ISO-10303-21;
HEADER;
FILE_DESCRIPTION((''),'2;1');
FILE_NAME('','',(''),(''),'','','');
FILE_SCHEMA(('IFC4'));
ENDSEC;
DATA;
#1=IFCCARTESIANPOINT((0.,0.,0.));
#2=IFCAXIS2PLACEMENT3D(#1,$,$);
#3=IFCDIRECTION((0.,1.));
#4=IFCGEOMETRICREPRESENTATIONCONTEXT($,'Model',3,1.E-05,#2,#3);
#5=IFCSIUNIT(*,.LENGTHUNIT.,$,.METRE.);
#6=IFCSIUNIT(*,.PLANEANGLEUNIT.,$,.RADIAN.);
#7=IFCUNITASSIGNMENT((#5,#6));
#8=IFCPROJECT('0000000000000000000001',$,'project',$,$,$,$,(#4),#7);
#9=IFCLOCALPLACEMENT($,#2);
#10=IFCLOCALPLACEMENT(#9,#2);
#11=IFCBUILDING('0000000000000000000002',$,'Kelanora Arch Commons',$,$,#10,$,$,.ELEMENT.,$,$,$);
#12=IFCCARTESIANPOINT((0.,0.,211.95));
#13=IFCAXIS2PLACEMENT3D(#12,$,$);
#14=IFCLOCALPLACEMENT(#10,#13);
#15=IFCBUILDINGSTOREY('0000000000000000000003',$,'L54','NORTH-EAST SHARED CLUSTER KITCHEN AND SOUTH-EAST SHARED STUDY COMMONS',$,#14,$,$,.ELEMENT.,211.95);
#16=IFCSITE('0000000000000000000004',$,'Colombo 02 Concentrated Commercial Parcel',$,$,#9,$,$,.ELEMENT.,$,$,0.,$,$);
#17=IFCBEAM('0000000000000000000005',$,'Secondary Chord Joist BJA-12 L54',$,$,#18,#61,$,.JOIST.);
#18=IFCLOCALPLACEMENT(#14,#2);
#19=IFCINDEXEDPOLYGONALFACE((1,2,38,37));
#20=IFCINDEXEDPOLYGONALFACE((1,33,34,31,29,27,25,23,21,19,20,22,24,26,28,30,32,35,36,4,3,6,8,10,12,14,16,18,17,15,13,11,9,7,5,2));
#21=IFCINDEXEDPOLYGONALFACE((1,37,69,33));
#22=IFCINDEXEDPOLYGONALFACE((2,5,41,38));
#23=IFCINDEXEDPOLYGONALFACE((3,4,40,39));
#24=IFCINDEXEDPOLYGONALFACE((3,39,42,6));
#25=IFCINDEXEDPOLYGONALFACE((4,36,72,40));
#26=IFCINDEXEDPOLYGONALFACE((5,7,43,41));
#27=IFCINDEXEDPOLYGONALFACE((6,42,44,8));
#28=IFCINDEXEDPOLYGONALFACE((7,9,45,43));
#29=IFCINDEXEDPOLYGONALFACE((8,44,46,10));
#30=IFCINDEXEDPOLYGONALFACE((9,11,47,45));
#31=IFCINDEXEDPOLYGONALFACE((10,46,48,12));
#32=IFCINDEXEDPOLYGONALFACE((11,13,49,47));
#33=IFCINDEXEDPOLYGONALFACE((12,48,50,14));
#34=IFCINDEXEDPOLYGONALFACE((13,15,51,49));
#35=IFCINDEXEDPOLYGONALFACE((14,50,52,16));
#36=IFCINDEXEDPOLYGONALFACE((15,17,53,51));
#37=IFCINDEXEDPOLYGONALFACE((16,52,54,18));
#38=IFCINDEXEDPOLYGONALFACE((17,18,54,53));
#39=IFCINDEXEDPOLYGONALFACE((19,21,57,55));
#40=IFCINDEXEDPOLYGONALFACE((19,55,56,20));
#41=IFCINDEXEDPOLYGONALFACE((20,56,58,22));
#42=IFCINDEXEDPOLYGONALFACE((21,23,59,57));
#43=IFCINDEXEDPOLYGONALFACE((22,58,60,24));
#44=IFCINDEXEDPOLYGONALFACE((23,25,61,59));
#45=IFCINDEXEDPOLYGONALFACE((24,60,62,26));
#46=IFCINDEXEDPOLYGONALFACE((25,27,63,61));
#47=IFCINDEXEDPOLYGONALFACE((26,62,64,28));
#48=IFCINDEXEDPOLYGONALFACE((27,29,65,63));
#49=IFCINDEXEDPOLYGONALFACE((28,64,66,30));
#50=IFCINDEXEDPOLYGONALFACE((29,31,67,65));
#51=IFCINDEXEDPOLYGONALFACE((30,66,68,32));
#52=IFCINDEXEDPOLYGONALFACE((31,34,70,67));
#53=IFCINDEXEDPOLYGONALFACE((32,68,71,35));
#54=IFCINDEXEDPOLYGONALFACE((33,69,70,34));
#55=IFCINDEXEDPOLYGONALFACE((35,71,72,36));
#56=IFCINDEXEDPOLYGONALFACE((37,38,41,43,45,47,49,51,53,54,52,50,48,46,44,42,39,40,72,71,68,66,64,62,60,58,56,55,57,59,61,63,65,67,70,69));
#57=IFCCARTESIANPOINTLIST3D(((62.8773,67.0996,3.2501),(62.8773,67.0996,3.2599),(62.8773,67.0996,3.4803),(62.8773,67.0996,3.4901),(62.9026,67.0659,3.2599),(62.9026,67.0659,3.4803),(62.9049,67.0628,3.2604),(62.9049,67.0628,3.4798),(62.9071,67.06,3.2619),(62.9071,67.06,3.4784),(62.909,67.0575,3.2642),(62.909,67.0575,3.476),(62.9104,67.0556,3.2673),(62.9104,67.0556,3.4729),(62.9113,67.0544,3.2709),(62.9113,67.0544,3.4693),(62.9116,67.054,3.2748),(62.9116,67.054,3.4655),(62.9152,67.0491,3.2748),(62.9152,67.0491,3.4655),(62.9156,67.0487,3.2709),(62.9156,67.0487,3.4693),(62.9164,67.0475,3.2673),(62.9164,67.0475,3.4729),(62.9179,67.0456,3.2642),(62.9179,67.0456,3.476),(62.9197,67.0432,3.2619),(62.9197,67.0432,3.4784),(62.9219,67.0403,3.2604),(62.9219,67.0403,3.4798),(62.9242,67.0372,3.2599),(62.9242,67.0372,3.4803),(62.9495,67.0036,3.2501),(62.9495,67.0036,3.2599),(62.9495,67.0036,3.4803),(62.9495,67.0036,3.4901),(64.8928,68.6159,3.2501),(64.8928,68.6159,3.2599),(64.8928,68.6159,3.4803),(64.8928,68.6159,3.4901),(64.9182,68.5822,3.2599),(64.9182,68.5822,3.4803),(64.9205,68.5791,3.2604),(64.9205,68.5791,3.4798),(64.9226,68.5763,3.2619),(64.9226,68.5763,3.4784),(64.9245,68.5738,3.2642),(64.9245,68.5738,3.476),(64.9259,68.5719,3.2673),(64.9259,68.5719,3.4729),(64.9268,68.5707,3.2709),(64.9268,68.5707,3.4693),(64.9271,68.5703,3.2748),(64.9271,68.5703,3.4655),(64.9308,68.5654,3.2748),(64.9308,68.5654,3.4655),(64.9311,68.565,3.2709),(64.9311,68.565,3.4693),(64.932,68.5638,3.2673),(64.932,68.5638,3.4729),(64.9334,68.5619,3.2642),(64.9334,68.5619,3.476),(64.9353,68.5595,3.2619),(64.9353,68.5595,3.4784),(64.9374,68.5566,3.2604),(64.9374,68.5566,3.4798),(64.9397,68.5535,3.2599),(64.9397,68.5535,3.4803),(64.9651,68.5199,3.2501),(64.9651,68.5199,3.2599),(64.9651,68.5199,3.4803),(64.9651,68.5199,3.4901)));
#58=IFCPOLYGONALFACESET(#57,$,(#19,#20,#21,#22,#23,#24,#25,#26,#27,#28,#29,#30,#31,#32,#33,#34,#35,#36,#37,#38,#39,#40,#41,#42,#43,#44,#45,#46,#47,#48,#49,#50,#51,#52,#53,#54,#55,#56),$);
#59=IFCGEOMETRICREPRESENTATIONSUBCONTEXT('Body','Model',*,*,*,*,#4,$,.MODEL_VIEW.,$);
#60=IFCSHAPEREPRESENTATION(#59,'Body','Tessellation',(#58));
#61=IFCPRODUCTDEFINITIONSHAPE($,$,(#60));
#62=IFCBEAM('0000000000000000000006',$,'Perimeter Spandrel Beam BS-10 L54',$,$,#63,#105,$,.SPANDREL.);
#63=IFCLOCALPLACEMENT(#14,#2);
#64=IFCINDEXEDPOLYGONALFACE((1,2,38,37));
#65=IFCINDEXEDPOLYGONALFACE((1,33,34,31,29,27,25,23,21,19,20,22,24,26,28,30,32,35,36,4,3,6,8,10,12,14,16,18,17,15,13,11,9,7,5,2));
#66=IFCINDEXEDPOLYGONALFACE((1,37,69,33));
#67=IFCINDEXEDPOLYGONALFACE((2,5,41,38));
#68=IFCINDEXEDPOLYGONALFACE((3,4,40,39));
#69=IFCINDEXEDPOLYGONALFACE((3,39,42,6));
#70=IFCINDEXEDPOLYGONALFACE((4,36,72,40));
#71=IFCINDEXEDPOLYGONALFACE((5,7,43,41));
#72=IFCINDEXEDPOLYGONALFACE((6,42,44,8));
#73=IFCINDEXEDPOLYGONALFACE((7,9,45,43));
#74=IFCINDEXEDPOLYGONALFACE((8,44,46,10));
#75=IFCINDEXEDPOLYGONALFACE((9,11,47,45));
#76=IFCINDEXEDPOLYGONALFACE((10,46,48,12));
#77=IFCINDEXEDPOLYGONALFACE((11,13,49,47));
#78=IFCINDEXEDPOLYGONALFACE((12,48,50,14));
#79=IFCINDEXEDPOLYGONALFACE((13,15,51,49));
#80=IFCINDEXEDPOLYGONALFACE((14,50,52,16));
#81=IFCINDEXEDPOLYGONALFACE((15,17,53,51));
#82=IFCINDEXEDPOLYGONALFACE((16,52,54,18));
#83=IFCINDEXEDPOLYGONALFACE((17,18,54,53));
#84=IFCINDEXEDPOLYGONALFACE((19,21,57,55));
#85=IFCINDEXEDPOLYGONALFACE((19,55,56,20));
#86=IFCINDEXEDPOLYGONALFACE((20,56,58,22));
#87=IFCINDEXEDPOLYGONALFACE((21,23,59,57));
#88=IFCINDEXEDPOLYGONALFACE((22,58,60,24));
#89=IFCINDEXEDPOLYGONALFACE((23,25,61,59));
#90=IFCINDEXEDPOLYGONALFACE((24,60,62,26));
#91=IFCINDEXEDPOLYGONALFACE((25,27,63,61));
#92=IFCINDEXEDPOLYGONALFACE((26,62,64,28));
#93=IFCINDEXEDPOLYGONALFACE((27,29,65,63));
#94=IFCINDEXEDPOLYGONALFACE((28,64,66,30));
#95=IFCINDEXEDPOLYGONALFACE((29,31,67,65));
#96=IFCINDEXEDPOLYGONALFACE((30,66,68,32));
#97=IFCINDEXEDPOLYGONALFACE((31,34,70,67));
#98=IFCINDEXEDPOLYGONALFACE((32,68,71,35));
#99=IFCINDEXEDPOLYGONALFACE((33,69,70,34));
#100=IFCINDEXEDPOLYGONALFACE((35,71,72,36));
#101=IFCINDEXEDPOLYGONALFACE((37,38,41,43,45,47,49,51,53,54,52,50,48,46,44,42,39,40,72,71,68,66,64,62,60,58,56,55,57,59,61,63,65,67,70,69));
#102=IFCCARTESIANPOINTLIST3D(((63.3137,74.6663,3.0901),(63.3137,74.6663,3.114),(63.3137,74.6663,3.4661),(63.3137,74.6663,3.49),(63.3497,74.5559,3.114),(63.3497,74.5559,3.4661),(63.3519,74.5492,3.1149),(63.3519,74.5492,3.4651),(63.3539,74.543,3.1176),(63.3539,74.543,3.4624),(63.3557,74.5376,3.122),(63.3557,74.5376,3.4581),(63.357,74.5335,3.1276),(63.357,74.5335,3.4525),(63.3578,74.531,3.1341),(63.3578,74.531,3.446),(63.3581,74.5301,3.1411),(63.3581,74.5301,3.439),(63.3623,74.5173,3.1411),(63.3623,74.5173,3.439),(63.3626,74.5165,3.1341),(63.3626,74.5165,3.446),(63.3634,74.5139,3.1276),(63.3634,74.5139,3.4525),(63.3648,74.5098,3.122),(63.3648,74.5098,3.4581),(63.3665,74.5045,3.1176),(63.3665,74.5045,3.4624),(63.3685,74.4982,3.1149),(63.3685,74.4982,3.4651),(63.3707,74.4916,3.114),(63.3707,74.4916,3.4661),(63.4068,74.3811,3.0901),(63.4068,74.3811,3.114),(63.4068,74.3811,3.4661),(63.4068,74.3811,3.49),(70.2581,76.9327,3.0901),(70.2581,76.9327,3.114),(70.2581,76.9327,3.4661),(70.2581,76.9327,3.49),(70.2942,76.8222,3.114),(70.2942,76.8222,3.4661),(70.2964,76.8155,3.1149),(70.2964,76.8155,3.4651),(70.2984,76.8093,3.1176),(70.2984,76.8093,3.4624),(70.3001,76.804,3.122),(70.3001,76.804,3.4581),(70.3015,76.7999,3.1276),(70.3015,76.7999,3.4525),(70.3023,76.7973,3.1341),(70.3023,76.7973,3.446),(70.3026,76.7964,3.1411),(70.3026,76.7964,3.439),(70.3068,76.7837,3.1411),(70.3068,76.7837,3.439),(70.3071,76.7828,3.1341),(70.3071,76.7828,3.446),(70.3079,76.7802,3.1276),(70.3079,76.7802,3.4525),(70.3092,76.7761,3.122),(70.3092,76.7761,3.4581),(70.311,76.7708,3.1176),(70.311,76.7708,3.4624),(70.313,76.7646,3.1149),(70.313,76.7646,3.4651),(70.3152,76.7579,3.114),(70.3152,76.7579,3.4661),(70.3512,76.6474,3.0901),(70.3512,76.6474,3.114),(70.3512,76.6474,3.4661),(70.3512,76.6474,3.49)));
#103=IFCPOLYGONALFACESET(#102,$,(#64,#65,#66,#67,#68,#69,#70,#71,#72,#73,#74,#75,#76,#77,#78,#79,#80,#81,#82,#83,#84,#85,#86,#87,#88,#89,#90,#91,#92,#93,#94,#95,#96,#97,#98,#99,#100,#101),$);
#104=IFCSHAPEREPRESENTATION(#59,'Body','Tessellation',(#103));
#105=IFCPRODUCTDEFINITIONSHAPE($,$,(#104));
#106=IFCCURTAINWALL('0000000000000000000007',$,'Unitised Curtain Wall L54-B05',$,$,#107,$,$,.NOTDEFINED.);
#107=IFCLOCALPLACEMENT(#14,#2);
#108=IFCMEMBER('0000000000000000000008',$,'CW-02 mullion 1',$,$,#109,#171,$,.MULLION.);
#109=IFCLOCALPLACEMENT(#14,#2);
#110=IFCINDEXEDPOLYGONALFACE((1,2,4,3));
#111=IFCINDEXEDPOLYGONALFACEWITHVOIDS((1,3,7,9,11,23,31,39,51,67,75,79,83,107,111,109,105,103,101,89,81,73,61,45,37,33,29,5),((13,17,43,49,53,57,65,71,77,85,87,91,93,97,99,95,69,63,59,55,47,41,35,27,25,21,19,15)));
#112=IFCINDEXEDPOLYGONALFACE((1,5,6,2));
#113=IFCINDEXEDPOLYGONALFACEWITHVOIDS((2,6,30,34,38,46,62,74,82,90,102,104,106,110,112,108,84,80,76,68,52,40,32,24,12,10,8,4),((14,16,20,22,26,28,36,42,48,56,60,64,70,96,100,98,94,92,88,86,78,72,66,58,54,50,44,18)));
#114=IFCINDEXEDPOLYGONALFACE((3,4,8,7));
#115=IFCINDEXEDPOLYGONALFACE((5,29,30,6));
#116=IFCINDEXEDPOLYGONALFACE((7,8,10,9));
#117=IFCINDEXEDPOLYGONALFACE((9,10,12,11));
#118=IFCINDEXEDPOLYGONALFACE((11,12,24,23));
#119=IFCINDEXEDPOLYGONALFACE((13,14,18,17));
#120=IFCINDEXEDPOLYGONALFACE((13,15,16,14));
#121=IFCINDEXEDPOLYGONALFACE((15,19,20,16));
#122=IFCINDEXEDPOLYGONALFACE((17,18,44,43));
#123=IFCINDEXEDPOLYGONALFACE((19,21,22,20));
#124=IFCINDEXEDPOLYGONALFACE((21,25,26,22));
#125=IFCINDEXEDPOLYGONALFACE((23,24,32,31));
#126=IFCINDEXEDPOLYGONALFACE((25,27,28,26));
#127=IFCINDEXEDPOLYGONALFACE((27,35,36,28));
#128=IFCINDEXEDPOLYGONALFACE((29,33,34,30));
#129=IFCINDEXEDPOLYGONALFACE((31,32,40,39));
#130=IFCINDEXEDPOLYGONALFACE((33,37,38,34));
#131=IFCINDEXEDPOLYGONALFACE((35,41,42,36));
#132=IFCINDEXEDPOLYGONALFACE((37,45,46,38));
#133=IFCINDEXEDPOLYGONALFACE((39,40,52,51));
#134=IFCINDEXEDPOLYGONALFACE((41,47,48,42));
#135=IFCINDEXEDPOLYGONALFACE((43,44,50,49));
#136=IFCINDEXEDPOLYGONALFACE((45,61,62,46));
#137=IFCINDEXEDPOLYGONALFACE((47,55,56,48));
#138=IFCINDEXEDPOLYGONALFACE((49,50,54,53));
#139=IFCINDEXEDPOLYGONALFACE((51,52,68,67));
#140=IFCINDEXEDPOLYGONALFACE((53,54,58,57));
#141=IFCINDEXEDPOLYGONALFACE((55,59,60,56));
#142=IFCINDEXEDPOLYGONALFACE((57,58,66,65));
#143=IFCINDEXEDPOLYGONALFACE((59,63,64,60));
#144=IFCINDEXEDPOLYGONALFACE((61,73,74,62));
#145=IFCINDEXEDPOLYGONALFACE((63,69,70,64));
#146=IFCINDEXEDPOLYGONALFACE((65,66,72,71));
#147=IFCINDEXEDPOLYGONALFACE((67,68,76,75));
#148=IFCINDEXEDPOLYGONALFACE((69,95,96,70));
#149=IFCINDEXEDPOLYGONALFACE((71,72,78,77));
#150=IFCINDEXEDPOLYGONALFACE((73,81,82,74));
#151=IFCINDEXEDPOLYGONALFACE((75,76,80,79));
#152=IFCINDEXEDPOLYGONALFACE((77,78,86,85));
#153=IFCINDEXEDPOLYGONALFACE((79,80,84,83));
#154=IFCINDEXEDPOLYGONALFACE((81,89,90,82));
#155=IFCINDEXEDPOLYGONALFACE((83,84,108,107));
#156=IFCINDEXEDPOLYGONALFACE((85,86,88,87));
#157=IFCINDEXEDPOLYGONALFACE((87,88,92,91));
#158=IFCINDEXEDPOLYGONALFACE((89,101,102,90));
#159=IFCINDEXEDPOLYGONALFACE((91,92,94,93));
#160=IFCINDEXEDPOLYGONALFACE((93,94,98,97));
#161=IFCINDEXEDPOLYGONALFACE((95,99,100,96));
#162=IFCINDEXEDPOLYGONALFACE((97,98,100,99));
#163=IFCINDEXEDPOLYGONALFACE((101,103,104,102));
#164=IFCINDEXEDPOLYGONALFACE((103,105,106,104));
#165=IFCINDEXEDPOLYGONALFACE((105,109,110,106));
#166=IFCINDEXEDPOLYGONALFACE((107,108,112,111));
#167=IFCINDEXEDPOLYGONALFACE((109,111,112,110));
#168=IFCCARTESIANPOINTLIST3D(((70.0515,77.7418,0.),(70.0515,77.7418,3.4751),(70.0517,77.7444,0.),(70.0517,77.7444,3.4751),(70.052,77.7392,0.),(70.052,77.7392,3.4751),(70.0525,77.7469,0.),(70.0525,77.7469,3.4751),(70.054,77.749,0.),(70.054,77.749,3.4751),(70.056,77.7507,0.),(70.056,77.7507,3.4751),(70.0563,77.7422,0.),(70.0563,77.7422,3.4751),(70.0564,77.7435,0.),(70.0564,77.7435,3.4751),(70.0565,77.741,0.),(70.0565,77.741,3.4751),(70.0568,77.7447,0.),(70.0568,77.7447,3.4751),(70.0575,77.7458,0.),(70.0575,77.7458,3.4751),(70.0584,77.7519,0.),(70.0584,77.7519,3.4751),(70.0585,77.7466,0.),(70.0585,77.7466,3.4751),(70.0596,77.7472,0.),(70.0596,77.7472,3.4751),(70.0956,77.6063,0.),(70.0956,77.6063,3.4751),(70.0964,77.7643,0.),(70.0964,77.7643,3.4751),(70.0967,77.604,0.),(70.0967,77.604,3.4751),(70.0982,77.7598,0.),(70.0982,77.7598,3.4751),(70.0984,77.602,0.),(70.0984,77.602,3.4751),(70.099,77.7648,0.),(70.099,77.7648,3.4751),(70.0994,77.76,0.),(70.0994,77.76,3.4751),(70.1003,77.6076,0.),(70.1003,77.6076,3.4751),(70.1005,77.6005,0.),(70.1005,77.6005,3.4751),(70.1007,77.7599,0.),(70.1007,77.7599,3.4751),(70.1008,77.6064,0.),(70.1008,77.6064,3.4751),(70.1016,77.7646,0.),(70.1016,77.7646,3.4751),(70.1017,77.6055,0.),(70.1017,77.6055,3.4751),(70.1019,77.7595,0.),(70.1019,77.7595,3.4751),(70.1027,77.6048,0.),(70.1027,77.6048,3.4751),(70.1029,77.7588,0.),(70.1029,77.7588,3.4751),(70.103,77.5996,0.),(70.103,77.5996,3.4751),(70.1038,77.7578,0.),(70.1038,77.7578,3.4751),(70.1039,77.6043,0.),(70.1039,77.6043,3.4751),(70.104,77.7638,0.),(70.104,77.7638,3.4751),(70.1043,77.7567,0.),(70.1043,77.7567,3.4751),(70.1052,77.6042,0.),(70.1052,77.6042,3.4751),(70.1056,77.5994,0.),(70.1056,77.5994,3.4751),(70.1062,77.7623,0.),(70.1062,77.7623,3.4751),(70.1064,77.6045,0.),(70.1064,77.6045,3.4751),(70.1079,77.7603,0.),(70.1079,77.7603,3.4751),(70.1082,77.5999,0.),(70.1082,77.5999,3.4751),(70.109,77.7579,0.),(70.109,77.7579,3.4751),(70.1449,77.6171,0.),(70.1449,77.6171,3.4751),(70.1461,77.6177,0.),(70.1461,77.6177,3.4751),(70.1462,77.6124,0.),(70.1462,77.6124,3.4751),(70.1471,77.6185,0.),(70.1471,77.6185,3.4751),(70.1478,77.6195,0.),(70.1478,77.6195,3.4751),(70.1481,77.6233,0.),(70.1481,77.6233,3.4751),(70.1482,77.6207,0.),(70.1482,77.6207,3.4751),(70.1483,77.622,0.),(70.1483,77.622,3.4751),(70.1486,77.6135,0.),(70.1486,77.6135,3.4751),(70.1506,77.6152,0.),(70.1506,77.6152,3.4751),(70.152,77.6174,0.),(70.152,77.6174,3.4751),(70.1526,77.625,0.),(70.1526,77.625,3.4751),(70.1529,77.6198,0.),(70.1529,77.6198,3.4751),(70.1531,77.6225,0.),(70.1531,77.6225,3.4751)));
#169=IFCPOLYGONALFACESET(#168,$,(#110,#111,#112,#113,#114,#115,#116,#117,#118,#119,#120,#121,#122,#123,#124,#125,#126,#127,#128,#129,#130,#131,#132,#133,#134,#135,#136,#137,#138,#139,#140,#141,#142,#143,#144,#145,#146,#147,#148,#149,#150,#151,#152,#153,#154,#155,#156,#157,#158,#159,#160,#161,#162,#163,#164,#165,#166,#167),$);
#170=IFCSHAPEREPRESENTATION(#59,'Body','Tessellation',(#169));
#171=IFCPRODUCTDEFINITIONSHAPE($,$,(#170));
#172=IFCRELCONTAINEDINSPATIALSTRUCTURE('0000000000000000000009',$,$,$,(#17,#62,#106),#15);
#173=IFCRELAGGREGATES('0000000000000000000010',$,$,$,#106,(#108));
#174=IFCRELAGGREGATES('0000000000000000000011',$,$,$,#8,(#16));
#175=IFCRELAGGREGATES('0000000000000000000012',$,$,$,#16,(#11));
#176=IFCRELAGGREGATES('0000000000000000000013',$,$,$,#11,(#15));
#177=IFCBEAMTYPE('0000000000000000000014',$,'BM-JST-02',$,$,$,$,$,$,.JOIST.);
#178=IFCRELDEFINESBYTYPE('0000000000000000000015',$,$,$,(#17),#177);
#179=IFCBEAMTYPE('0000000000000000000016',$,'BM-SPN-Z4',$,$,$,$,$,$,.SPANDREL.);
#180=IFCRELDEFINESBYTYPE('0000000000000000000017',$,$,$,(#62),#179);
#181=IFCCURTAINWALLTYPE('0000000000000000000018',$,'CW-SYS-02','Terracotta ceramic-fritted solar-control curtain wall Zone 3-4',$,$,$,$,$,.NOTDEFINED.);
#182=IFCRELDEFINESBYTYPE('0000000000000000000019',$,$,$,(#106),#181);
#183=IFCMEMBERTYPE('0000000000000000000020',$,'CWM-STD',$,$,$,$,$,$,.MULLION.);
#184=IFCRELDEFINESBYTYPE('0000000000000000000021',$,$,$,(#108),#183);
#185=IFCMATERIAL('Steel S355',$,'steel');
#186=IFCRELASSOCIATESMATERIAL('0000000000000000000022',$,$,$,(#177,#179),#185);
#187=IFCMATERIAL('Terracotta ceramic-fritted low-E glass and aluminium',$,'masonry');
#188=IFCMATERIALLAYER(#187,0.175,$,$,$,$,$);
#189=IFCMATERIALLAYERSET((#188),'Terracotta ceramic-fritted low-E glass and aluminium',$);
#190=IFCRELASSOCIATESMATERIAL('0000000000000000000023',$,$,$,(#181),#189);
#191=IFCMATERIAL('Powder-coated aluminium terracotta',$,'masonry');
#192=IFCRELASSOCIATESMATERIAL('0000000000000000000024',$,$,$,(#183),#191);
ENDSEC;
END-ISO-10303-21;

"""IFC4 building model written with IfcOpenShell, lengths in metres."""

from ifc_helpers import new_model, si_unit, direction, frame, origin, origin_2d, place, context, subcontext, project, spatial, hollow_rectangle, i_section, extrude, material, layer, layer_set, material_profile, profile_set, type_object, element, aggregate, save


model = new_model("IFC4")

# Units and contexts
model_context = context("Model", 3, precision=1e-05, world=origin(), true_north=direction((0.0, 1.0)))
body_context = subcontext(model_context, "Body", "Model", "MODEL_VIEW")
ifc_project = project(units=[si_unit("LENGTHUNIT", "METRE"), si_unit("PLANEANGLEUNIT", "RADIAN")], contexts=[model_context])

# Site, building, storey
site_placement = place(None, origin())
site = spatial("IfcSite", under=ifc_project, at=site_placement, Name="Colombo 02 Concentrated Commercial Parcel", CompositionType="ELEMENT", RefElevation=0.0)
building_placement = place(site_placement, origin())
building = spatial("IfcBuilding", under=site, at=building_placement, Name="Kelanora Arch Commons", CompositionType="ELEMENT")
storey_placement = place(building_placement, frame((0.0, 0.0, 211.95)))
storey = spatial("IfcBuildingStorey", under=building, at=storey_placement, Name="L54", Description="NORTH-EAST SHARED CLUSTER KITCHEN AND SOUTH-EAST SHARED STUDY COMMONS", CompositionType="ELEMENT", Elevation=211.95)

# Beams
ifc_material_1 = material(Name="Steel S355", Category="steel")
ifc_material_profile_1 = material_profile(ifc_material_1, i_section(OverallWidth=0.1201, OverallDepth=0.24, WebThickness=0.0061, FlangeThickness=0.0098, FilletRadius=0.0149, at=origin_2d()), Name="IPE240")
ifc_profile_set_1 = profile_set([ifc_material_profile_1], Name="Steel S355")
beam_type_1 = type_object("IfcBeamType", Name="BM-JST-02", PredefinedType="JOIST", material=ifc_profile_set_1)
beam_1_placement = place(storey_placement, frame((64.929, 68.5679, 3.3701), z_axis=(-0.799116, -0.601176, 0.0), x_axis=(0.601176, -0.799116, 0.0)))
element("IfcBeam", 1, at=beam_1_placement, inside=storey, type_object=beam_type_1, Name="Secondary Chord Joist BJA-12 L54", PredefinedType="JOIST", context=body_context, shape_type="SweptSolid", body=[
    extrude(i_section(OverallWidth=0.1201, OverallDepth=0.24, WebThickness=0.0061, FlangeThickness=0.0098, FilletRadius=0.0149, at=origin_2d()), origin(), (0.0, 0.0, 1.0), 2.5222),
])
ifc_material_profile_2 = material_profile(ifc_material_1, i_section(OverallWidth=0.3, OverallDepth=0.3999, WebThickness=0.0134, FlangeThickness=0.0239, FilletRadius=0.0271, at=origin_2d()), Name="HEB400")
ifc_profile_set_2 = profile_set([ifc_material_profile_2], Name="Steel S355")
beam_type_2 = type_object("IfcBeamType", Name="BM-SPN-Z4", PredefinedType="SPANDREL", material=ifc_profile_set_2)
beam_2_placement = place(storey_placement, frame((70.3047, 76.79, 3.29), z_axis=(-0.950656, -0.310246, 0.0), x_axis=(0.310246, -0.950656, 0.0)))
element("IfcBeam", 2, at=beam_2_placement, inside=storey, type_object=beam_type_2, Name="Perimeter Spandrel Beam BS-10 L54", PredefinedType="SPANDREL", context=body_context, shape_type="SweptSolid", body=[
    extrude(i_section(OverallWidth=0.3, OverallDepth=0.3999, WebThickness=0.0134, FlangeThickness=0.0239, FilletRadius=0.0271, at=origin_2d()), origin(), (0.0, 0.0, 1.0), 7.3049),
])

# Curtain wall, member
ifc_material_2 = material(Name="Terracotta ceramic-fritted low-E glass and aluminium", Category="masonry")
ifc_layer_1 = layer(ifc_material_2, 0.175)
ifc_layer_set_1 = layer_set([ifc_layer_1], Name="Terracotta ceramic-fritted low-E glass and aluminium")
curtain_wall_type = type_object("IfcCurtainWallType", Name="CW-SYS-02", Description="Terracotta ceramic-fritted solar-control curtain wall Zone 3-4", PredefinedType="NOTDEFINED", material=ifc_layer_set_1)
curtain_wall_placement = place(storey_placement, origin())
curtain_wall = element("IfcCurtainWall", 3, at=curtain_wall_placement, inside=storey, type_object=curtain_wall_type, Name="Unitised Curtain Wall L54-B05", PredefinedType="NOTDEFINED")
ifc_material_3 = material(Name="Powder-coated aluminium terracotta", Category="masonry")
ifc_material_profile_3 = material_profile(ifc_material_3, hollow_rectangle(XDim=0.1599, YDim=0.0601, WallThickness=0.0049, InnerFilletRadius=0.0049, OuterFilletRadius=0.01, at=origin_2d()), Name="CWM160x60")
ifc_profile_set_3 = profile_set([ifc_material_profile_3], Name="Powder-coated aluminium terracotta")
member_type_1 = type_object("IfcMemberType", Name="CWM-STD", PredefinedType="MULLION", material=ifc_profile_set_3)
member_1_placement = place(storey_placement, frame((70.1023, 77.6821, 0.0), z_axis=(0.0, 0.0, 1.0), x_axis=(0.311582, -0.950219, 0.0)))
member_1 = element("IfcMember", 4, at=member_1_placement, type_object=member_type_1, Name="CW-02 mullion 1", PredefinedType="MULLION", context=body_context, shape_type="SweptSolid", body=[
    extrude(hollow_rectangle(XDim=0.1599, YDim=0.0601, WallThickness=0.0049, InnerFilletRadius=0.0049, OuterFilletRadius=0.01, at=origin_2d()), origin(), (0.0, 0.0, 1.0), 3.4751),
])
aggregate(curtain_wall, [member_1])

save(model, "model.ifc")
